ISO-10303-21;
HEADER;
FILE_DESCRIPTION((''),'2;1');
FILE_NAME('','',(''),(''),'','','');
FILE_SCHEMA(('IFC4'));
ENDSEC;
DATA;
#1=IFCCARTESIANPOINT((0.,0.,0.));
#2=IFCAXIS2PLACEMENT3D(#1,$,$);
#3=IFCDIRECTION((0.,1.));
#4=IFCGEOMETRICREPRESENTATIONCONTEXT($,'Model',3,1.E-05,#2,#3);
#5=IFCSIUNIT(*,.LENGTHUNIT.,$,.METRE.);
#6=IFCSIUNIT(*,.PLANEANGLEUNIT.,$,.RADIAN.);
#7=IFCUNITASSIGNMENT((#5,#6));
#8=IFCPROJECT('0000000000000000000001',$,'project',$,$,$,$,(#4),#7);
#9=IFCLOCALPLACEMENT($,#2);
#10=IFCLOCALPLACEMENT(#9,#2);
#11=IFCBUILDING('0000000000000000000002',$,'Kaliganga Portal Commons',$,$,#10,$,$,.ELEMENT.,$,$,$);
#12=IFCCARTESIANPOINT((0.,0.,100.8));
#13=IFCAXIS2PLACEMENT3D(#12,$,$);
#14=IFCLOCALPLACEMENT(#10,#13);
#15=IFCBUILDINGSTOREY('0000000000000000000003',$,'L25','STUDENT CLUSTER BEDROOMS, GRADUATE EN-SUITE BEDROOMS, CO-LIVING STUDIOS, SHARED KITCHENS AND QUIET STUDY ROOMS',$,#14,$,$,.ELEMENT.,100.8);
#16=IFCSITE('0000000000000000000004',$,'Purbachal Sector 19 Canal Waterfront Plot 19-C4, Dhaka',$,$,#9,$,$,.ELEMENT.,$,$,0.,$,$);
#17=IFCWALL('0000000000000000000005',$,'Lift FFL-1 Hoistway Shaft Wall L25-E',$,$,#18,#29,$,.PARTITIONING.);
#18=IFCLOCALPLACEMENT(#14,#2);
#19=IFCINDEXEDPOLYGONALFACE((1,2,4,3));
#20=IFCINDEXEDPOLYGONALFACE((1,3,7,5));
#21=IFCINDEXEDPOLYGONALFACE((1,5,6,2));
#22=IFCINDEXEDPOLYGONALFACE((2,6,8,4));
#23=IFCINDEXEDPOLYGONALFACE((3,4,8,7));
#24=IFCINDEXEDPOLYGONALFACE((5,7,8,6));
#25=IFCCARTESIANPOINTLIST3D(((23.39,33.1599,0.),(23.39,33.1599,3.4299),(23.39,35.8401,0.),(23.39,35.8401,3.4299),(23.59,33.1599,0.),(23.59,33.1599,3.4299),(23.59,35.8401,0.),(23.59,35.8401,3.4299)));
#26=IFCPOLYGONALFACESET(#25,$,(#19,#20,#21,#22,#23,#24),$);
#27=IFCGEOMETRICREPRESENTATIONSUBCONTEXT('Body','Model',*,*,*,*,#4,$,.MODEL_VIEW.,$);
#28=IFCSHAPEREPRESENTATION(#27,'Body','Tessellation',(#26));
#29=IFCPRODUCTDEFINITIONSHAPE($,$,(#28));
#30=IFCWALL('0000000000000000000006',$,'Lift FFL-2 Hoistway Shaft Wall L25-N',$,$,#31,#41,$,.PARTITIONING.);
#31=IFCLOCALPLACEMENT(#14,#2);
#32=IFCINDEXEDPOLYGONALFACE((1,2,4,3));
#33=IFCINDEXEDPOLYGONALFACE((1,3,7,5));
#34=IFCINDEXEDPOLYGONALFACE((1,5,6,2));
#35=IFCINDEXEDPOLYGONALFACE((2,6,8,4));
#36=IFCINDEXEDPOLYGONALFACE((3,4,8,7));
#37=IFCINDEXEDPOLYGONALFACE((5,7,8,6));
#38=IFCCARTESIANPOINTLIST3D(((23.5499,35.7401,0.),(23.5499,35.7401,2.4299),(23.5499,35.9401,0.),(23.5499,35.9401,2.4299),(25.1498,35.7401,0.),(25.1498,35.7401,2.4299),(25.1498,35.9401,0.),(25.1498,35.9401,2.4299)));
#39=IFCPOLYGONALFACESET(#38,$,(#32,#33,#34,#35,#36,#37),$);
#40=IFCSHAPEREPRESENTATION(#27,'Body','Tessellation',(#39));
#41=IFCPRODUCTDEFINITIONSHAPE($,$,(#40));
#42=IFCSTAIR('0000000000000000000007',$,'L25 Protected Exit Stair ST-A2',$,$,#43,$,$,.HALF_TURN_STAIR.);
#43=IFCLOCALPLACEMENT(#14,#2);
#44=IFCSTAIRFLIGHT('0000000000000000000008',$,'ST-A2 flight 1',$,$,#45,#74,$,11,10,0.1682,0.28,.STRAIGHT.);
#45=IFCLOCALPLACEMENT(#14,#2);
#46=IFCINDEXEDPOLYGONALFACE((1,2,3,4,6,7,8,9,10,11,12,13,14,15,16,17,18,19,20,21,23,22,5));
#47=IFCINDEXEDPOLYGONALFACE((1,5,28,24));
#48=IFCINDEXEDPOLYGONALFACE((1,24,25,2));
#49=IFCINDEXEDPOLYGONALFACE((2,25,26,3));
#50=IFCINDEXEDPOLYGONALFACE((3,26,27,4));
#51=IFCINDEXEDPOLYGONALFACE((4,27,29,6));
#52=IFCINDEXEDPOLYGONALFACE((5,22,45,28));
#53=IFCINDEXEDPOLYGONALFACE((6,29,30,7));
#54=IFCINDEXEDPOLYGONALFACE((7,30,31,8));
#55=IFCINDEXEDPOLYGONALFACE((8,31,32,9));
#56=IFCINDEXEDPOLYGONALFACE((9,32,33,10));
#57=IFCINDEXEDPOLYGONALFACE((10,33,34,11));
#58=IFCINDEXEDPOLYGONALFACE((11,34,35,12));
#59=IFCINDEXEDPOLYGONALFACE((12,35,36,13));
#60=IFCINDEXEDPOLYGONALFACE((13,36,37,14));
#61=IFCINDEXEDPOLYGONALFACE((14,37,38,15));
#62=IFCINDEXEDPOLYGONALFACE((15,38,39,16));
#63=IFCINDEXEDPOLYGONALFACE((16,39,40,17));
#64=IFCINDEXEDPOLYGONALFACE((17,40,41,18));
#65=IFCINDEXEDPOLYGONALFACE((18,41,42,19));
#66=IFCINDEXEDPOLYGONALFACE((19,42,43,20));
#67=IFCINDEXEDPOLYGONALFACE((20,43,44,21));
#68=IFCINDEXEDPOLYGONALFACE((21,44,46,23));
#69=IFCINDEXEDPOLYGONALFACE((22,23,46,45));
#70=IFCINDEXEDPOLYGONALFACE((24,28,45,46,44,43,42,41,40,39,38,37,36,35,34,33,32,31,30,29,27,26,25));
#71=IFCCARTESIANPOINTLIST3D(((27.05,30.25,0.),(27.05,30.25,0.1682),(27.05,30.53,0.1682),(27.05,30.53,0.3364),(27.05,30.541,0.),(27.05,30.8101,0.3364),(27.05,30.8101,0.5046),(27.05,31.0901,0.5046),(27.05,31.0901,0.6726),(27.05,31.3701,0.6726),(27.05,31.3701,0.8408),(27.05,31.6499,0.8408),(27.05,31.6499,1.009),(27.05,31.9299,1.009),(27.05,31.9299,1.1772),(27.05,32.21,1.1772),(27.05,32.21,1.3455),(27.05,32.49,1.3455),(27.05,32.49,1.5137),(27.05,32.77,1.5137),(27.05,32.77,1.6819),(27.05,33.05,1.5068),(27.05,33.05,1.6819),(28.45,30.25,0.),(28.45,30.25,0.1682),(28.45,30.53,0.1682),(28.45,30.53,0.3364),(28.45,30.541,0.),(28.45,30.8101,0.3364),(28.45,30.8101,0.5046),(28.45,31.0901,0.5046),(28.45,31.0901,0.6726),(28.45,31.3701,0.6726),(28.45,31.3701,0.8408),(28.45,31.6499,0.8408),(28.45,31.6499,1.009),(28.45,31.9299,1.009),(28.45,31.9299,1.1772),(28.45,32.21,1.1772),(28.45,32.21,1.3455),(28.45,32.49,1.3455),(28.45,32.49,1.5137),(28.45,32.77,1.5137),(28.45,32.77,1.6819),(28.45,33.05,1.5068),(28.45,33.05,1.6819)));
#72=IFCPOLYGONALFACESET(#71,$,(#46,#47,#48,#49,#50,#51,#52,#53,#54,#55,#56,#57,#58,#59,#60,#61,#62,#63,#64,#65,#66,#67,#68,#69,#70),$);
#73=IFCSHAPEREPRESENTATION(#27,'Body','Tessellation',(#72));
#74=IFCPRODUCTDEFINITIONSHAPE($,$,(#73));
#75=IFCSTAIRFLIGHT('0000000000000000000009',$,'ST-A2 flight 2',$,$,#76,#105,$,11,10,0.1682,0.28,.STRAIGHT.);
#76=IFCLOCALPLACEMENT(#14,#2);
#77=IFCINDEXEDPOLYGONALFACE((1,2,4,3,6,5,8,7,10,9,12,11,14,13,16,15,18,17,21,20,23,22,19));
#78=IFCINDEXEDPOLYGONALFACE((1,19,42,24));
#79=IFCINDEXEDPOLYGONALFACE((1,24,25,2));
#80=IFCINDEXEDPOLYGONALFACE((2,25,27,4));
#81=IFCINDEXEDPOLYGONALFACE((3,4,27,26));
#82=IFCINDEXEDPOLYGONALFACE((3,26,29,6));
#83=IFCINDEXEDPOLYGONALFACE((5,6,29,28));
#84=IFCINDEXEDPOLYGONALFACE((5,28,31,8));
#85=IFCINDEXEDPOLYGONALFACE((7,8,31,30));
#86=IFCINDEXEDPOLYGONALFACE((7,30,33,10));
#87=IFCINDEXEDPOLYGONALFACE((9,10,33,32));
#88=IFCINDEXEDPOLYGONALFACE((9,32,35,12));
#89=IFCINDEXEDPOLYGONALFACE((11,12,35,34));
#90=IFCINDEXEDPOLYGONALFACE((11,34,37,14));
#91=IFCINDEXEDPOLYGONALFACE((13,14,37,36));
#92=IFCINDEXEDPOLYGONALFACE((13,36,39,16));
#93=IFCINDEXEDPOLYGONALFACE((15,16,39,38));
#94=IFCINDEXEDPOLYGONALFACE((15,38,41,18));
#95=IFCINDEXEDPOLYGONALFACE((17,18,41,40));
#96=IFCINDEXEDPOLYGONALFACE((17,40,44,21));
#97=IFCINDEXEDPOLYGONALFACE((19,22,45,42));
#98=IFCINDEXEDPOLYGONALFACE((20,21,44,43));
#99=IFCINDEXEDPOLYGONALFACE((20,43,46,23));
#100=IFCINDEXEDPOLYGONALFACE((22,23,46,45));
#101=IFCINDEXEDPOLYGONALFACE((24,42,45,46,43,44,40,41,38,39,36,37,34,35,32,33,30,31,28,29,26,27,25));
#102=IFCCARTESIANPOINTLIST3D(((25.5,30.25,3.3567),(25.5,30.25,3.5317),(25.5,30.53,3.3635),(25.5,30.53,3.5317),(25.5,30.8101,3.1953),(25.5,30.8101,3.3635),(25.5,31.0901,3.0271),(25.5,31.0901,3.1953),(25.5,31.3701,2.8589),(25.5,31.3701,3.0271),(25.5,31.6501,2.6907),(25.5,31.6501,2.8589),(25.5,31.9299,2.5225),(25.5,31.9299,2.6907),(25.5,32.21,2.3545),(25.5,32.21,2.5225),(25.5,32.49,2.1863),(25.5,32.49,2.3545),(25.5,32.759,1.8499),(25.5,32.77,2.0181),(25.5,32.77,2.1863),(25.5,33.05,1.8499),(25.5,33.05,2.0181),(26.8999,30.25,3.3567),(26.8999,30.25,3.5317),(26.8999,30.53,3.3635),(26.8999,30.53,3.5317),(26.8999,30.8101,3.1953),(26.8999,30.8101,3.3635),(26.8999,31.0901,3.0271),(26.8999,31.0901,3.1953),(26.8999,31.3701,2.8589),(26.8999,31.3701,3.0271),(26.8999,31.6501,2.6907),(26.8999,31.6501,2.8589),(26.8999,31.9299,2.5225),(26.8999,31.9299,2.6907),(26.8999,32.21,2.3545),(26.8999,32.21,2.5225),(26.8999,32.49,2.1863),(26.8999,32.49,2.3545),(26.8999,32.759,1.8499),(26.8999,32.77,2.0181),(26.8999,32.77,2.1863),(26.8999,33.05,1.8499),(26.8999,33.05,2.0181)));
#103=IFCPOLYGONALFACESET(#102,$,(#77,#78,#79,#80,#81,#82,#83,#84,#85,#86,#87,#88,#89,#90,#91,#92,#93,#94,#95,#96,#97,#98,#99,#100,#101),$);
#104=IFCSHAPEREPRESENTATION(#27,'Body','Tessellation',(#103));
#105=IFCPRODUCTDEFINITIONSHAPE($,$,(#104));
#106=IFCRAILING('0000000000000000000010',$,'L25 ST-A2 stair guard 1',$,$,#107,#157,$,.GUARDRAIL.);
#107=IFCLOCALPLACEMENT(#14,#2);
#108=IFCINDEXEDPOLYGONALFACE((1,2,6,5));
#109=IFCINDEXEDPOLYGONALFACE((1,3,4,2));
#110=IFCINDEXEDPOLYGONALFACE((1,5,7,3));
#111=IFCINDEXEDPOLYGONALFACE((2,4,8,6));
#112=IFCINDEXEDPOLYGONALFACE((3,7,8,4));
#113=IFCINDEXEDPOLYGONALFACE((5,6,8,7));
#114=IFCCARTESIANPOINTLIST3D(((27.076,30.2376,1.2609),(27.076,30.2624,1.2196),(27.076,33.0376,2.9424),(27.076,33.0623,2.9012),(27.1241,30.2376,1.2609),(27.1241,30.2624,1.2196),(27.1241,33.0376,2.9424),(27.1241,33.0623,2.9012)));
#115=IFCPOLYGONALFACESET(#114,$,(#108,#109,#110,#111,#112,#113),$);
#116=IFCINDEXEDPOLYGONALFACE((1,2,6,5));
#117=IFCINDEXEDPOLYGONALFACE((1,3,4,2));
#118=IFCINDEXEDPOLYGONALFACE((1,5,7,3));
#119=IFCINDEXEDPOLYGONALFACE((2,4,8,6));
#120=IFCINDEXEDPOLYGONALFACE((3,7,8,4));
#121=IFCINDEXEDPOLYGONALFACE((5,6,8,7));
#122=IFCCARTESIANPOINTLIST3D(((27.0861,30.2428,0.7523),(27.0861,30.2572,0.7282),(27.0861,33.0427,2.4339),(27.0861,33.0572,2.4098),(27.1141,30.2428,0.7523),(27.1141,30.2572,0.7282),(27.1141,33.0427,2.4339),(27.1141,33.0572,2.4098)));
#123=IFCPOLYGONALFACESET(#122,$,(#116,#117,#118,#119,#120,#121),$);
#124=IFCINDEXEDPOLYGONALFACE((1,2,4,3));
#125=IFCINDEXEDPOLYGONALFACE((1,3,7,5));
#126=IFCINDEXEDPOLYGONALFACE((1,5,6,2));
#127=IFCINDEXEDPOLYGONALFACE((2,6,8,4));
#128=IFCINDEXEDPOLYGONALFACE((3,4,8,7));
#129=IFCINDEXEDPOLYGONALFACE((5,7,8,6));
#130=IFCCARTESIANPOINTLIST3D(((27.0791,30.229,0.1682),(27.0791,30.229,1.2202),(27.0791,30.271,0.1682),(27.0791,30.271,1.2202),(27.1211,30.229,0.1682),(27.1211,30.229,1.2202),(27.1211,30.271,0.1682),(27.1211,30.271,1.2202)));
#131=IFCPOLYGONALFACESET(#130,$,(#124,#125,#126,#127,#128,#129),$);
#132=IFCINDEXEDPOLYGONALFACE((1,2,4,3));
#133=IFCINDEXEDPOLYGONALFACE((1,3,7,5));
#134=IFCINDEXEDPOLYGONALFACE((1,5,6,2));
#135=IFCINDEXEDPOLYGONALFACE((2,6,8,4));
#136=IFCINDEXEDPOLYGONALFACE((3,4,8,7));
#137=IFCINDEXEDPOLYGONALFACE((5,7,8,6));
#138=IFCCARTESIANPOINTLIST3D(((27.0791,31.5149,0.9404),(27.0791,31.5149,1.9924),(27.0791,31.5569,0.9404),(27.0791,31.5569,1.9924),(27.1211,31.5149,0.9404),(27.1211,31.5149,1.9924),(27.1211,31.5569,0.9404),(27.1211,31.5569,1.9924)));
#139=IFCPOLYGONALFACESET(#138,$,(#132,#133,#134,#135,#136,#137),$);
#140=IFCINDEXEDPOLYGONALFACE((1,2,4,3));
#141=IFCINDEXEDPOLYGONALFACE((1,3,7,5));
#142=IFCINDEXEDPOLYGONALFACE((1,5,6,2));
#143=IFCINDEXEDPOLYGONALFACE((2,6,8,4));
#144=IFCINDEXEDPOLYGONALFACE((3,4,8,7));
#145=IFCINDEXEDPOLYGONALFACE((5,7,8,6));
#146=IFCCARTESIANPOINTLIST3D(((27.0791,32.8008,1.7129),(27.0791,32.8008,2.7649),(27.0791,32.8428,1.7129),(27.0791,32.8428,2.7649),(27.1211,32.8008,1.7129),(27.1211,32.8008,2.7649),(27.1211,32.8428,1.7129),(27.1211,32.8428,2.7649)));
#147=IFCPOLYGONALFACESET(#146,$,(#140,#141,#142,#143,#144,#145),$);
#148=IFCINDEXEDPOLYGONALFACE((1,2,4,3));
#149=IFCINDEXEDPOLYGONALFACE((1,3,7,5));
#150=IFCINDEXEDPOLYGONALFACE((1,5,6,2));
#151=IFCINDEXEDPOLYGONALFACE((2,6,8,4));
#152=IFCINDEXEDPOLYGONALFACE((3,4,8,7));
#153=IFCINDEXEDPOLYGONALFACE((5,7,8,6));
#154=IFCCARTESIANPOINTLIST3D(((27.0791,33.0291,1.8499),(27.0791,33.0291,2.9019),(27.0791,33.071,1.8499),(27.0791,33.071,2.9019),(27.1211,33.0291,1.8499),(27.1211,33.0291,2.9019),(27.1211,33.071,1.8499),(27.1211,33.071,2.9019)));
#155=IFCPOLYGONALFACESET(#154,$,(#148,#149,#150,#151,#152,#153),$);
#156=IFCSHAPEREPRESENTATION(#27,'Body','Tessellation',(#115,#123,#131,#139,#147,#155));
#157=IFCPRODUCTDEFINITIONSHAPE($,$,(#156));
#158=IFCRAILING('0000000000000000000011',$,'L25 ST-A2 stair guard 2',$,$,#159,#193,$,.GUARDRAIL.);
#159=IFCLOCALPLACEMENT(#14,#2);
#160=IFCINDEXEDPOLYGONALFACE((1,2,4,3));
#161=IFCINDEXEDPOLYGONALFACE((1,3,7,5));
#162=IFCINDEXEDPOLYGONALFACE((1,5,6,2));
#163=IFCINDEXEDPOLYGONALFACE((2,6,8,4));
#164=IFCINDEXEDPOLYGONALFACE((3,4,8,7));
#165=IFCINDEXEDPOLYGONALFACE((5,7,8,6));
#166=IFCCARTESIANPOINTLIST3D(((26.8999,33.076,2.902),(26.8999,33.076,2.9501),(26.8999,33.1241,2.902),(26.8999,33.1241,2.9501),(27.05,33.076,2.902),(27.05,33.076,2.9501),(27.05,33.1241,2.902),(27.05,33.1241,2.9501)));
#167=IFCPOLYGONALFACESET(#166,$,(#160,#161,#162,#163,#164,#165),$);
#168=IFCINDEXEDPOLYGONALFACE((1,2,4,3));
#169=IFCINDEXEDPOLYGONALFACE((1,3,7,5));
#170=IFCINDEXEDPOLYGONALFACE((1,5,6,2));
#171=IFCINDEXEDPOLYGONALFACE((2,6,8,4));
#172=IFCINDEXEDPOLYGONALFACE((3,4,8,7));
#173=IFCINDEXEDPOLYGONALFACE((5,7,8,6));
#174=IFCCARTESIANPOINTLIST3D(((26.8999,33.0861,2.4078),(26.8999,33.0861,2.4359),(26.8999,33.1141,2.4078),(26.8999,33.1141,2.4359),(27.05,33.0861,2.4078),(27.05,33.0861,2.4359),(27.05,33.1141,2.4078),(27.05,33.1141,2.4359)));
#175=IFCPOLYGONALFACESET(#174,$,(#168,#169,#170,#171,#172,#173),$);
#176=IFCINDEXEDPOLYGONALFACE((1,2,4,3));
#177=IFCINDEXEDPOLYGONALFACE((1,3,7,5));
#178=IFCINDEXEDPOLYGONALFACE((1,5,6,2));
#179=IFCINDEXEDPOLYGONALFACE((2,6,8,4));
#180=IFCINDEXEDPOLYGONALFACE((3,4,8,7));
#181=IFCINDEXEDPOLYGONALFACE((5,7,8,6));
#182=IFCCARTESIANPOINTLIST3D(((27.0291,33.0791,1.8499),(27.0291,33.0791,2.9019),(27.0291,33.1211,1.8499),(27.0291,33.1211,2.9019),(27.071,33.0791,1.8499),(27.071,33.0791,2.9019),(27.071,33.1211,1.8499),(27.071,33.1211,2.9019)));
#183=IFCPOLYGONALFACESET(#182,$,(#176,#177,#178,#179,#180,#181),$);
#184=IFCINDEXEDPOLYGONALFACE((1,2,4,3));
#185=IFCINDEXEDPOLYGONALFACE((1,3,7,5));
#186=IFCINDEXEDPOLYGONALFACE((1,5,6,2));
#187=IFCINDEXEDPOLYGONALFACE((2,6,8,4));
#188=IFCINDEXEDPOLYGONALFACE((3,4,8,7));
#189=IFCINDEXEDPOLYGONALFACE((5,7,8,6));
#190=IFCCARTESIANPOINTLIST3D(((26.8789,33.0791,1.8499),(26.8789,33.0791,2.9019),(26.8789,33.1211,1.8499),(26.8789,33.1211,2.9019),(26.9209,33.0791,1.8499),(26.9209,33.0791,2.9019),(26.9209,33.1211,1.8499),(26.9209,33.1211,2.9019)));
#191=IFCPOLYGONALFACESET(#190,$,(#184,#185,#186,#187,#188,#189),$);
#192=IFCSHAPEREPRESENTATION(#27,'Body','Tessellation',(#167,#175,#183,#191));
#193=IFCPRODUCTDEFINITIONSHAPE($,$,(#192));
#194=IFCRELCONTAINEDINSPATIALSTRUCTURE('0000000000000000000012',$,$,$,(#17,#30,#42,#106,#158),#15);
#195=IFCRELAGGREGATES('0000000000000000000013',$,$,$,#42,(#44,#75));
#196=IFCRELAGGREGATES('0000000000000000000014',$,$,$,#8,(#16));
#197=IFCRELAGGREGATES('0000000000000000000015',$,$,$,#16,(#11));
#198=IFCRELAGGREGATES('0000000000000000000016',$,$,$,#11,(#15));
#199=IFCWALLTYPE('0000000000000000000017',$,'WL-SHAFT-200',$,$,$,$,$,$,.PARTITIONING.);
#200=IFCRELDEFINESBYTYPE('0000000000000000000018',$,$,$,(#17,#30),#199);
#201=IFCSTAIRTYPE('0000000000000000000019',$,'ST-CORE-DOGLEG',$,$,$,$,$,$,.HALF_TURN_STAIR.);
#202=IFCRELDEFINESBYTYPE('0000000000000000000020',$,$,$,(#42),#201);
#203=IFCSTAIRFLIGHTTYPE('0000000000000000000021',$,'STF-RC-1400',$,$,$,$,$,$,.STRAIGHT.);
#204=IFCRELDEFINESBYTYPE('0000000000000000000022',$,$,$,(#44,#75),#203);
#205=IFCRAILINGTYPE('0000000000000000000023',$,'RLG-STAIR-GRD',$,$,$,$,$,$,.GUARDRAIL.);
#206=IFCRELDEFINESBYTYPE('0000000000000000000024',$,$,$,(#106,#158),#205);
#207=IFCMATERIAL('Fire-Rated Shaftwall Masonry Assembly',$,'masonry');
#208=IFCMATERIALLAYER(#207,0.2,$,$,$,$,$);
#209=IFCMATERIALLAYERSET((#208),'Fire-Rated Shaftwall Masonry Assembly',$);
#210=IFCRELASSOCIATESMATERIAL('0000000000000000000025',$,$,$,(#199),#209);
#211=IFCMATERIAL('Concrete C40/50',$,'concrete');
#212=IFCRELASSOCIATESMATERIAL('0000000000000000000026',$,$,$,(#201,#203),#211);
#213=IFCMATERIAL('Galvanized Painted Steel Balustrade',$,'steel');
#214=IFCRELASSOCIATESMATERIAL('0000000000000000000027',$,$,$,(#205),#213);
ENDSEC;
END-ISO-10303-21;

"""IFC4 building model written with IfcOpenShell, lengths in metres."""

from ifc_helpers import new_model, si_unit, direction, frame, frame_2d, origin, origin_2d, place, context, subcontext, project, spatial, polyline, rectangle, outline, extrude, material, layer, layer_set, type_object, element, aggregate, save


model = new_model("IFC4")

# Units and contexts
model_context = context("Model", 3, precision=1e-05, world=origin(), true_north=direction((0.0, 1.0)))
body_context = subcontext(model_context, "Body", "Model", "MODEL_VIEW")
ifc_project = project(units=[si_unit("LENGTHUNIT", "METRE"), si_unit("PLANEANGLEUNIT", "RADIAN")], contexts=[model_context])

# Site, building, storey
site_placement = place(None, origin())
site = spatial("IfcSite", under=ifc_project, at=site_placement, Name="Purbachal Sector 19 Canal Waterfront Plot 19-C4, Dhaka", CompositionType="ELEMENT", RefElevation=0.0)
building_placement = place(site_placement, origin())
building = spatial("IfcBuilding", under=site, at=building_placement, Name="Kaliganga Portal Commons", CompositionType="ELEMENT")
storey_placement = place(building_placement, frame((0.0, 0.0, 100.8)))
storey = spatial("IfcBuildingStorey", under=building, at=storey_placement, Name="L25", Description="STUDENT CLUSTER BEDROOMS, GRADUATE EN-SUITE BEDROOMS, CO-LIVING STUDIOS, SHARED KITCHENS AND QUIET STUDY ROOMS", CompositionType="ELEMENT", Elevation=100.8)

# Shared definitions
ifc_material_1 = material(Name="Fire-Rated Shaftwall Masonry Assembly", Category="masonry")
ifc_layer_1 = layer(ifc_material_1, 0.2)
ifc_layer_set_1 = layer_set([ifc_layer_1], Name="Fire-Rated Shaftwall Masonry Assembly")
wall_type_1 = type_object("IfcWallType", Name="WL-SHAFT-200", PredefinedType="PARTITIONING", material=ifc_layer_set_1)

# Wall
wall_1_placement = place(storey_placement, frame((23.49, 33.1599, 0.0), z_axis=(0.0, 0.0, 1.0), x_axis=(0.0, 1.0, 0.0)))
element("IfcWall", 1, at=wall_1_placement, inside=storey, type_object=wall_type_1, Name="Lift FFL-1 Hoistway Shaft Wall L25-E", PredefinedType="PARTITIONING", context=body_context, shape_type="SweptSolid", body=[
    extrude(rectangle(XDim=2.6802, YDim=0.2, at=frame_2d((1.3401, 0.0))), origin(), (0.0, 0.0, 1.0), 3.4299),
])

# Wall
wall_2_placement = place(storey_placement, frame((23.55, 35.8401, 0.0), z_axis=(0.0, 0.0, 1.0), x_axis=(1.0, 0.0, 0.0)))
element("IfcWall", 2, at=wall_2_placement, inside=storey, type_object=wall_type_1, Name="Lift FFL-2 Hoistway Shaft Wall L25-N", PredefinedType="PARTITIONING", context=body_context, shape_type="SweptSolid", body=[
    extrude(rectangle(XDim=1.5999, YDim=0.2, at=frame_2d((0.7998, 0.0))), origin(), (0.0, 0.0, 1.0), 2.4299),
])

# Stair, stair flights
ifc_material_2 = material(Name="Concrete C40/50", Category="concrete")
stair_type = type_object("IfcStairType", Name="ST-CORE-DOGLEG", PredefinedType="HALF_TURN_STAIR", material=ifc_material_2)
stair_placement = place(storey_placement, origin())
stair = element("IfcStair", 3, at=stair_placement, inside=storey, type_object=stair_type, Name="L25 Protected Exit Stair ST-A2", PredefinedType="HALF_TURN_STAIR")
stair_flight_type = type_object("IfcStairFlightType", Name="STF-RC-1400", PredefinedType="STRAIGHT", material=ifc_material_2)
stair_flight_1_placement = place(storey_placement, frame((27.75, 30.25, 0.0), z_axis=(0.0, 0.0, 1.0), x_axis=(0.0, 1.0, 0.0)))
stair_flight_1 = element("IfcStairFlight", 4, at=stair_flight_1_placement, type_object=stair_flight_type, Name="ST-A2 flight 1", NumberOfRisers=11, NumberOfTreads=10, PredefinedType="STRAIGHT", RiserHeight=0.1682, TreadLength=0.28, context=body_context, shape_type="SweptSolid", body=[
    extrude(outline(polyline([(0.0, 0.0), (0.0, 0.1682), (0.28, 0.1682), (0.28, 0.3364), (0.5601, 0.3364), (0.5601, 0.5046), (0.8401, 0.5046), (0.8401, 0.6726), (1.1201, 0.6726), (1.1201, 0.8408), (1.3999, 0.8408), (1.3999, 1.009), (1.6799, 1.009), (1.6799, 1.1772), (1.96, 1.1772), (1.96, 1.3455), (2.24, 1.3455), (2.24, 1.5137), (2.52, 1.5137), (2.52, 1.6819), (2.8, 1.6819), (2.8, 1.8501), (2.8, 1.5068), (0.291, 0.0), (0.0, 0.0)])), frame((0.0, 0.7, 0.0), z_axis=(0.0, -1.0, 0.0), x_axis=(1.0, 0.0, 0.0)), (0.0, 0.0, 1.0), 1.3999),
])
stair_flight_2_placement = place(storey_placement, frame((26.2, 33.05, 1.8499), z_axis=(0.0, 0.0, 1.0), x_axis=(0.0, -1.0, 0.0)))
stair_flight_2 = element("IfcStairFlight", 5, at=stair_flight_2_placement, type_object=stair_flight_type, Name="ST-A2 flight 2", NumberOfRisers=11, NumberOfTreads=10, PredefinedType="STRAIGHT", RiserHeight=0.1682, TreadLength=0.28, context=body_context, shape_type="SweptSolid", body=[
    extrude(outline(polyline([(0.0, 0.0), (0.0, 0.1682), (0.28, 0.1682), (0.28, 0.3364), (0.5601, 0.3364), (0.5601, 0.5046), (0.8401, 0.5046), (0.8401, 0.6726), (1.1201, 0.6726), (1.1201, 0.8408), (1.3999, 0.8408), (1.3999, 1.009), (1.6799, 1.009), (1.6799, 1.1772), (1.96, 1.1772), (1.96, 1.3455), (2.24, 1.3455), (2.24, 1.5137), (2.52, 1.5137), (2.52, 1.6819), (2.8, 1.6819), (2.8, 1.8501), (2.8, 1.5068), (0.291, 0.0), (0.0, 0.0)])), frame((0.0, 0.7, 0.0), z_axis=(0.0, -1.0, 0.0), x_axis=(1.0, 0.0, 0.0)), (0.0, 0.0, 1.0), 1.3999),
])
aggregate(stair, [stair_flight_1, stair_flight_2])

# Railings
ifc_material_3 = material(Name="Galvanized Painted Steel Balustrade", Category="steel")
railing_type_1 = type_object("IfcRailingType", Name="RLG-STAIR-GRD", PredefinedType="GUARDRAIL", material=ifc_material_3)
railing_1_placement = place(storey_placement, frame((27.1001, 30.25, 0.1682)))
element("IfcRailing", 6, at=railing_1_placement, inside=storey, type_object=railing_type_1, Name="L25 ST-A2 stair guard 1", PredefinedType="GUARDRAIL", context=body_context, shape_type="SweptSolid", body=[
    extrude(rectangle(XDim=0.0481, YDim=0.0481, at=origin_2d()), frame((0.0, 0.0, 1.072), z_axis=(0.0, 0.857275, 0.514858), x_axis=(-1.0, 0.0, 0.0)), (0.0, 0.0, 1.0), 3.2661),
    extrude(rectangle(XDim=0.0281, YDim=0.0281, at=origin_2d()), frame((0.0, 0.0, 0.572), z_axis=(0.0, 0.857275, 0.514858), x_axis=(-1.0, 0.0, 0.0)), (0.0, 0.0, 1.0), 3.2661),
    extrude(rectangle(XDim=0.042, YDim=0.042, at=origin_2d()), origin(), (0.0, 0.0, 1.0), 1.052),
    extrude(rectangle(XDim=0.042, YDim=0.042, at=origin_2d()), frame((0.0, 1.2859, 0.7722)), (0.0, 0.0, 1.0), 1.052),
    extrude(rectangle(XDim=0.042, YDim=0.042, at=origin_2d()), frame((0.0, 2.5718, 1.5447)), (0.0, 0.0, 1.0), 1.052),
    extrude(rectangle(XDim=0.042, YDim=0.042, at=origin_2d()), frame((0.0, 2.8, 1.6816)), (0.0, 0.0, 1.0), 1.052),
])
railing_2_placement = place(storey_placement, frame((27.05, 33.1001, 1.8499)))
element("IfcRailing", 7, at=railing_2_placement, inside=storey, type_object=railing_type_1, Name="L25 ST-A2 stair guard 2", PredefinedType="GUARDRAIL", context=body_context, shape_type="SweptSolid", body=[
    extrude(rectangle(XDim=0.0481, YDim=0.0481, at=origin_2d()), frame((0.0, 0.0, 1.0762), z_axis=(-1.0, 0.0, 0.0), x_axis=(0.0, -1.0, 0.0)), (0.0, 0.0, 1.0), 0.1501),
    extrude(rectangle(XDim=0.0281, YDim=0.0281, at=origin_2d()), frame((0.0, 0.0, 0.572), z_axis=(-1.0, 0.0, 0.0), x_axis=(0.0, -1.0, 0.0)), (0.0, 0.0, 1.0), 0.1501),
    extrude(rectangle(XDim=0.042, YDim=0.042, at=origin_2d()), origin(), (0.0, 0.0, 1.0), 1.052),
    extrude(rectangle(XDim=0.042, YDim=0.042, at=origin_2d()), frame((-0.1501, 0.0, 0.0)), (0.0, 0.0, 1.0), 1.052),
])

save(model, "model.ifc")
